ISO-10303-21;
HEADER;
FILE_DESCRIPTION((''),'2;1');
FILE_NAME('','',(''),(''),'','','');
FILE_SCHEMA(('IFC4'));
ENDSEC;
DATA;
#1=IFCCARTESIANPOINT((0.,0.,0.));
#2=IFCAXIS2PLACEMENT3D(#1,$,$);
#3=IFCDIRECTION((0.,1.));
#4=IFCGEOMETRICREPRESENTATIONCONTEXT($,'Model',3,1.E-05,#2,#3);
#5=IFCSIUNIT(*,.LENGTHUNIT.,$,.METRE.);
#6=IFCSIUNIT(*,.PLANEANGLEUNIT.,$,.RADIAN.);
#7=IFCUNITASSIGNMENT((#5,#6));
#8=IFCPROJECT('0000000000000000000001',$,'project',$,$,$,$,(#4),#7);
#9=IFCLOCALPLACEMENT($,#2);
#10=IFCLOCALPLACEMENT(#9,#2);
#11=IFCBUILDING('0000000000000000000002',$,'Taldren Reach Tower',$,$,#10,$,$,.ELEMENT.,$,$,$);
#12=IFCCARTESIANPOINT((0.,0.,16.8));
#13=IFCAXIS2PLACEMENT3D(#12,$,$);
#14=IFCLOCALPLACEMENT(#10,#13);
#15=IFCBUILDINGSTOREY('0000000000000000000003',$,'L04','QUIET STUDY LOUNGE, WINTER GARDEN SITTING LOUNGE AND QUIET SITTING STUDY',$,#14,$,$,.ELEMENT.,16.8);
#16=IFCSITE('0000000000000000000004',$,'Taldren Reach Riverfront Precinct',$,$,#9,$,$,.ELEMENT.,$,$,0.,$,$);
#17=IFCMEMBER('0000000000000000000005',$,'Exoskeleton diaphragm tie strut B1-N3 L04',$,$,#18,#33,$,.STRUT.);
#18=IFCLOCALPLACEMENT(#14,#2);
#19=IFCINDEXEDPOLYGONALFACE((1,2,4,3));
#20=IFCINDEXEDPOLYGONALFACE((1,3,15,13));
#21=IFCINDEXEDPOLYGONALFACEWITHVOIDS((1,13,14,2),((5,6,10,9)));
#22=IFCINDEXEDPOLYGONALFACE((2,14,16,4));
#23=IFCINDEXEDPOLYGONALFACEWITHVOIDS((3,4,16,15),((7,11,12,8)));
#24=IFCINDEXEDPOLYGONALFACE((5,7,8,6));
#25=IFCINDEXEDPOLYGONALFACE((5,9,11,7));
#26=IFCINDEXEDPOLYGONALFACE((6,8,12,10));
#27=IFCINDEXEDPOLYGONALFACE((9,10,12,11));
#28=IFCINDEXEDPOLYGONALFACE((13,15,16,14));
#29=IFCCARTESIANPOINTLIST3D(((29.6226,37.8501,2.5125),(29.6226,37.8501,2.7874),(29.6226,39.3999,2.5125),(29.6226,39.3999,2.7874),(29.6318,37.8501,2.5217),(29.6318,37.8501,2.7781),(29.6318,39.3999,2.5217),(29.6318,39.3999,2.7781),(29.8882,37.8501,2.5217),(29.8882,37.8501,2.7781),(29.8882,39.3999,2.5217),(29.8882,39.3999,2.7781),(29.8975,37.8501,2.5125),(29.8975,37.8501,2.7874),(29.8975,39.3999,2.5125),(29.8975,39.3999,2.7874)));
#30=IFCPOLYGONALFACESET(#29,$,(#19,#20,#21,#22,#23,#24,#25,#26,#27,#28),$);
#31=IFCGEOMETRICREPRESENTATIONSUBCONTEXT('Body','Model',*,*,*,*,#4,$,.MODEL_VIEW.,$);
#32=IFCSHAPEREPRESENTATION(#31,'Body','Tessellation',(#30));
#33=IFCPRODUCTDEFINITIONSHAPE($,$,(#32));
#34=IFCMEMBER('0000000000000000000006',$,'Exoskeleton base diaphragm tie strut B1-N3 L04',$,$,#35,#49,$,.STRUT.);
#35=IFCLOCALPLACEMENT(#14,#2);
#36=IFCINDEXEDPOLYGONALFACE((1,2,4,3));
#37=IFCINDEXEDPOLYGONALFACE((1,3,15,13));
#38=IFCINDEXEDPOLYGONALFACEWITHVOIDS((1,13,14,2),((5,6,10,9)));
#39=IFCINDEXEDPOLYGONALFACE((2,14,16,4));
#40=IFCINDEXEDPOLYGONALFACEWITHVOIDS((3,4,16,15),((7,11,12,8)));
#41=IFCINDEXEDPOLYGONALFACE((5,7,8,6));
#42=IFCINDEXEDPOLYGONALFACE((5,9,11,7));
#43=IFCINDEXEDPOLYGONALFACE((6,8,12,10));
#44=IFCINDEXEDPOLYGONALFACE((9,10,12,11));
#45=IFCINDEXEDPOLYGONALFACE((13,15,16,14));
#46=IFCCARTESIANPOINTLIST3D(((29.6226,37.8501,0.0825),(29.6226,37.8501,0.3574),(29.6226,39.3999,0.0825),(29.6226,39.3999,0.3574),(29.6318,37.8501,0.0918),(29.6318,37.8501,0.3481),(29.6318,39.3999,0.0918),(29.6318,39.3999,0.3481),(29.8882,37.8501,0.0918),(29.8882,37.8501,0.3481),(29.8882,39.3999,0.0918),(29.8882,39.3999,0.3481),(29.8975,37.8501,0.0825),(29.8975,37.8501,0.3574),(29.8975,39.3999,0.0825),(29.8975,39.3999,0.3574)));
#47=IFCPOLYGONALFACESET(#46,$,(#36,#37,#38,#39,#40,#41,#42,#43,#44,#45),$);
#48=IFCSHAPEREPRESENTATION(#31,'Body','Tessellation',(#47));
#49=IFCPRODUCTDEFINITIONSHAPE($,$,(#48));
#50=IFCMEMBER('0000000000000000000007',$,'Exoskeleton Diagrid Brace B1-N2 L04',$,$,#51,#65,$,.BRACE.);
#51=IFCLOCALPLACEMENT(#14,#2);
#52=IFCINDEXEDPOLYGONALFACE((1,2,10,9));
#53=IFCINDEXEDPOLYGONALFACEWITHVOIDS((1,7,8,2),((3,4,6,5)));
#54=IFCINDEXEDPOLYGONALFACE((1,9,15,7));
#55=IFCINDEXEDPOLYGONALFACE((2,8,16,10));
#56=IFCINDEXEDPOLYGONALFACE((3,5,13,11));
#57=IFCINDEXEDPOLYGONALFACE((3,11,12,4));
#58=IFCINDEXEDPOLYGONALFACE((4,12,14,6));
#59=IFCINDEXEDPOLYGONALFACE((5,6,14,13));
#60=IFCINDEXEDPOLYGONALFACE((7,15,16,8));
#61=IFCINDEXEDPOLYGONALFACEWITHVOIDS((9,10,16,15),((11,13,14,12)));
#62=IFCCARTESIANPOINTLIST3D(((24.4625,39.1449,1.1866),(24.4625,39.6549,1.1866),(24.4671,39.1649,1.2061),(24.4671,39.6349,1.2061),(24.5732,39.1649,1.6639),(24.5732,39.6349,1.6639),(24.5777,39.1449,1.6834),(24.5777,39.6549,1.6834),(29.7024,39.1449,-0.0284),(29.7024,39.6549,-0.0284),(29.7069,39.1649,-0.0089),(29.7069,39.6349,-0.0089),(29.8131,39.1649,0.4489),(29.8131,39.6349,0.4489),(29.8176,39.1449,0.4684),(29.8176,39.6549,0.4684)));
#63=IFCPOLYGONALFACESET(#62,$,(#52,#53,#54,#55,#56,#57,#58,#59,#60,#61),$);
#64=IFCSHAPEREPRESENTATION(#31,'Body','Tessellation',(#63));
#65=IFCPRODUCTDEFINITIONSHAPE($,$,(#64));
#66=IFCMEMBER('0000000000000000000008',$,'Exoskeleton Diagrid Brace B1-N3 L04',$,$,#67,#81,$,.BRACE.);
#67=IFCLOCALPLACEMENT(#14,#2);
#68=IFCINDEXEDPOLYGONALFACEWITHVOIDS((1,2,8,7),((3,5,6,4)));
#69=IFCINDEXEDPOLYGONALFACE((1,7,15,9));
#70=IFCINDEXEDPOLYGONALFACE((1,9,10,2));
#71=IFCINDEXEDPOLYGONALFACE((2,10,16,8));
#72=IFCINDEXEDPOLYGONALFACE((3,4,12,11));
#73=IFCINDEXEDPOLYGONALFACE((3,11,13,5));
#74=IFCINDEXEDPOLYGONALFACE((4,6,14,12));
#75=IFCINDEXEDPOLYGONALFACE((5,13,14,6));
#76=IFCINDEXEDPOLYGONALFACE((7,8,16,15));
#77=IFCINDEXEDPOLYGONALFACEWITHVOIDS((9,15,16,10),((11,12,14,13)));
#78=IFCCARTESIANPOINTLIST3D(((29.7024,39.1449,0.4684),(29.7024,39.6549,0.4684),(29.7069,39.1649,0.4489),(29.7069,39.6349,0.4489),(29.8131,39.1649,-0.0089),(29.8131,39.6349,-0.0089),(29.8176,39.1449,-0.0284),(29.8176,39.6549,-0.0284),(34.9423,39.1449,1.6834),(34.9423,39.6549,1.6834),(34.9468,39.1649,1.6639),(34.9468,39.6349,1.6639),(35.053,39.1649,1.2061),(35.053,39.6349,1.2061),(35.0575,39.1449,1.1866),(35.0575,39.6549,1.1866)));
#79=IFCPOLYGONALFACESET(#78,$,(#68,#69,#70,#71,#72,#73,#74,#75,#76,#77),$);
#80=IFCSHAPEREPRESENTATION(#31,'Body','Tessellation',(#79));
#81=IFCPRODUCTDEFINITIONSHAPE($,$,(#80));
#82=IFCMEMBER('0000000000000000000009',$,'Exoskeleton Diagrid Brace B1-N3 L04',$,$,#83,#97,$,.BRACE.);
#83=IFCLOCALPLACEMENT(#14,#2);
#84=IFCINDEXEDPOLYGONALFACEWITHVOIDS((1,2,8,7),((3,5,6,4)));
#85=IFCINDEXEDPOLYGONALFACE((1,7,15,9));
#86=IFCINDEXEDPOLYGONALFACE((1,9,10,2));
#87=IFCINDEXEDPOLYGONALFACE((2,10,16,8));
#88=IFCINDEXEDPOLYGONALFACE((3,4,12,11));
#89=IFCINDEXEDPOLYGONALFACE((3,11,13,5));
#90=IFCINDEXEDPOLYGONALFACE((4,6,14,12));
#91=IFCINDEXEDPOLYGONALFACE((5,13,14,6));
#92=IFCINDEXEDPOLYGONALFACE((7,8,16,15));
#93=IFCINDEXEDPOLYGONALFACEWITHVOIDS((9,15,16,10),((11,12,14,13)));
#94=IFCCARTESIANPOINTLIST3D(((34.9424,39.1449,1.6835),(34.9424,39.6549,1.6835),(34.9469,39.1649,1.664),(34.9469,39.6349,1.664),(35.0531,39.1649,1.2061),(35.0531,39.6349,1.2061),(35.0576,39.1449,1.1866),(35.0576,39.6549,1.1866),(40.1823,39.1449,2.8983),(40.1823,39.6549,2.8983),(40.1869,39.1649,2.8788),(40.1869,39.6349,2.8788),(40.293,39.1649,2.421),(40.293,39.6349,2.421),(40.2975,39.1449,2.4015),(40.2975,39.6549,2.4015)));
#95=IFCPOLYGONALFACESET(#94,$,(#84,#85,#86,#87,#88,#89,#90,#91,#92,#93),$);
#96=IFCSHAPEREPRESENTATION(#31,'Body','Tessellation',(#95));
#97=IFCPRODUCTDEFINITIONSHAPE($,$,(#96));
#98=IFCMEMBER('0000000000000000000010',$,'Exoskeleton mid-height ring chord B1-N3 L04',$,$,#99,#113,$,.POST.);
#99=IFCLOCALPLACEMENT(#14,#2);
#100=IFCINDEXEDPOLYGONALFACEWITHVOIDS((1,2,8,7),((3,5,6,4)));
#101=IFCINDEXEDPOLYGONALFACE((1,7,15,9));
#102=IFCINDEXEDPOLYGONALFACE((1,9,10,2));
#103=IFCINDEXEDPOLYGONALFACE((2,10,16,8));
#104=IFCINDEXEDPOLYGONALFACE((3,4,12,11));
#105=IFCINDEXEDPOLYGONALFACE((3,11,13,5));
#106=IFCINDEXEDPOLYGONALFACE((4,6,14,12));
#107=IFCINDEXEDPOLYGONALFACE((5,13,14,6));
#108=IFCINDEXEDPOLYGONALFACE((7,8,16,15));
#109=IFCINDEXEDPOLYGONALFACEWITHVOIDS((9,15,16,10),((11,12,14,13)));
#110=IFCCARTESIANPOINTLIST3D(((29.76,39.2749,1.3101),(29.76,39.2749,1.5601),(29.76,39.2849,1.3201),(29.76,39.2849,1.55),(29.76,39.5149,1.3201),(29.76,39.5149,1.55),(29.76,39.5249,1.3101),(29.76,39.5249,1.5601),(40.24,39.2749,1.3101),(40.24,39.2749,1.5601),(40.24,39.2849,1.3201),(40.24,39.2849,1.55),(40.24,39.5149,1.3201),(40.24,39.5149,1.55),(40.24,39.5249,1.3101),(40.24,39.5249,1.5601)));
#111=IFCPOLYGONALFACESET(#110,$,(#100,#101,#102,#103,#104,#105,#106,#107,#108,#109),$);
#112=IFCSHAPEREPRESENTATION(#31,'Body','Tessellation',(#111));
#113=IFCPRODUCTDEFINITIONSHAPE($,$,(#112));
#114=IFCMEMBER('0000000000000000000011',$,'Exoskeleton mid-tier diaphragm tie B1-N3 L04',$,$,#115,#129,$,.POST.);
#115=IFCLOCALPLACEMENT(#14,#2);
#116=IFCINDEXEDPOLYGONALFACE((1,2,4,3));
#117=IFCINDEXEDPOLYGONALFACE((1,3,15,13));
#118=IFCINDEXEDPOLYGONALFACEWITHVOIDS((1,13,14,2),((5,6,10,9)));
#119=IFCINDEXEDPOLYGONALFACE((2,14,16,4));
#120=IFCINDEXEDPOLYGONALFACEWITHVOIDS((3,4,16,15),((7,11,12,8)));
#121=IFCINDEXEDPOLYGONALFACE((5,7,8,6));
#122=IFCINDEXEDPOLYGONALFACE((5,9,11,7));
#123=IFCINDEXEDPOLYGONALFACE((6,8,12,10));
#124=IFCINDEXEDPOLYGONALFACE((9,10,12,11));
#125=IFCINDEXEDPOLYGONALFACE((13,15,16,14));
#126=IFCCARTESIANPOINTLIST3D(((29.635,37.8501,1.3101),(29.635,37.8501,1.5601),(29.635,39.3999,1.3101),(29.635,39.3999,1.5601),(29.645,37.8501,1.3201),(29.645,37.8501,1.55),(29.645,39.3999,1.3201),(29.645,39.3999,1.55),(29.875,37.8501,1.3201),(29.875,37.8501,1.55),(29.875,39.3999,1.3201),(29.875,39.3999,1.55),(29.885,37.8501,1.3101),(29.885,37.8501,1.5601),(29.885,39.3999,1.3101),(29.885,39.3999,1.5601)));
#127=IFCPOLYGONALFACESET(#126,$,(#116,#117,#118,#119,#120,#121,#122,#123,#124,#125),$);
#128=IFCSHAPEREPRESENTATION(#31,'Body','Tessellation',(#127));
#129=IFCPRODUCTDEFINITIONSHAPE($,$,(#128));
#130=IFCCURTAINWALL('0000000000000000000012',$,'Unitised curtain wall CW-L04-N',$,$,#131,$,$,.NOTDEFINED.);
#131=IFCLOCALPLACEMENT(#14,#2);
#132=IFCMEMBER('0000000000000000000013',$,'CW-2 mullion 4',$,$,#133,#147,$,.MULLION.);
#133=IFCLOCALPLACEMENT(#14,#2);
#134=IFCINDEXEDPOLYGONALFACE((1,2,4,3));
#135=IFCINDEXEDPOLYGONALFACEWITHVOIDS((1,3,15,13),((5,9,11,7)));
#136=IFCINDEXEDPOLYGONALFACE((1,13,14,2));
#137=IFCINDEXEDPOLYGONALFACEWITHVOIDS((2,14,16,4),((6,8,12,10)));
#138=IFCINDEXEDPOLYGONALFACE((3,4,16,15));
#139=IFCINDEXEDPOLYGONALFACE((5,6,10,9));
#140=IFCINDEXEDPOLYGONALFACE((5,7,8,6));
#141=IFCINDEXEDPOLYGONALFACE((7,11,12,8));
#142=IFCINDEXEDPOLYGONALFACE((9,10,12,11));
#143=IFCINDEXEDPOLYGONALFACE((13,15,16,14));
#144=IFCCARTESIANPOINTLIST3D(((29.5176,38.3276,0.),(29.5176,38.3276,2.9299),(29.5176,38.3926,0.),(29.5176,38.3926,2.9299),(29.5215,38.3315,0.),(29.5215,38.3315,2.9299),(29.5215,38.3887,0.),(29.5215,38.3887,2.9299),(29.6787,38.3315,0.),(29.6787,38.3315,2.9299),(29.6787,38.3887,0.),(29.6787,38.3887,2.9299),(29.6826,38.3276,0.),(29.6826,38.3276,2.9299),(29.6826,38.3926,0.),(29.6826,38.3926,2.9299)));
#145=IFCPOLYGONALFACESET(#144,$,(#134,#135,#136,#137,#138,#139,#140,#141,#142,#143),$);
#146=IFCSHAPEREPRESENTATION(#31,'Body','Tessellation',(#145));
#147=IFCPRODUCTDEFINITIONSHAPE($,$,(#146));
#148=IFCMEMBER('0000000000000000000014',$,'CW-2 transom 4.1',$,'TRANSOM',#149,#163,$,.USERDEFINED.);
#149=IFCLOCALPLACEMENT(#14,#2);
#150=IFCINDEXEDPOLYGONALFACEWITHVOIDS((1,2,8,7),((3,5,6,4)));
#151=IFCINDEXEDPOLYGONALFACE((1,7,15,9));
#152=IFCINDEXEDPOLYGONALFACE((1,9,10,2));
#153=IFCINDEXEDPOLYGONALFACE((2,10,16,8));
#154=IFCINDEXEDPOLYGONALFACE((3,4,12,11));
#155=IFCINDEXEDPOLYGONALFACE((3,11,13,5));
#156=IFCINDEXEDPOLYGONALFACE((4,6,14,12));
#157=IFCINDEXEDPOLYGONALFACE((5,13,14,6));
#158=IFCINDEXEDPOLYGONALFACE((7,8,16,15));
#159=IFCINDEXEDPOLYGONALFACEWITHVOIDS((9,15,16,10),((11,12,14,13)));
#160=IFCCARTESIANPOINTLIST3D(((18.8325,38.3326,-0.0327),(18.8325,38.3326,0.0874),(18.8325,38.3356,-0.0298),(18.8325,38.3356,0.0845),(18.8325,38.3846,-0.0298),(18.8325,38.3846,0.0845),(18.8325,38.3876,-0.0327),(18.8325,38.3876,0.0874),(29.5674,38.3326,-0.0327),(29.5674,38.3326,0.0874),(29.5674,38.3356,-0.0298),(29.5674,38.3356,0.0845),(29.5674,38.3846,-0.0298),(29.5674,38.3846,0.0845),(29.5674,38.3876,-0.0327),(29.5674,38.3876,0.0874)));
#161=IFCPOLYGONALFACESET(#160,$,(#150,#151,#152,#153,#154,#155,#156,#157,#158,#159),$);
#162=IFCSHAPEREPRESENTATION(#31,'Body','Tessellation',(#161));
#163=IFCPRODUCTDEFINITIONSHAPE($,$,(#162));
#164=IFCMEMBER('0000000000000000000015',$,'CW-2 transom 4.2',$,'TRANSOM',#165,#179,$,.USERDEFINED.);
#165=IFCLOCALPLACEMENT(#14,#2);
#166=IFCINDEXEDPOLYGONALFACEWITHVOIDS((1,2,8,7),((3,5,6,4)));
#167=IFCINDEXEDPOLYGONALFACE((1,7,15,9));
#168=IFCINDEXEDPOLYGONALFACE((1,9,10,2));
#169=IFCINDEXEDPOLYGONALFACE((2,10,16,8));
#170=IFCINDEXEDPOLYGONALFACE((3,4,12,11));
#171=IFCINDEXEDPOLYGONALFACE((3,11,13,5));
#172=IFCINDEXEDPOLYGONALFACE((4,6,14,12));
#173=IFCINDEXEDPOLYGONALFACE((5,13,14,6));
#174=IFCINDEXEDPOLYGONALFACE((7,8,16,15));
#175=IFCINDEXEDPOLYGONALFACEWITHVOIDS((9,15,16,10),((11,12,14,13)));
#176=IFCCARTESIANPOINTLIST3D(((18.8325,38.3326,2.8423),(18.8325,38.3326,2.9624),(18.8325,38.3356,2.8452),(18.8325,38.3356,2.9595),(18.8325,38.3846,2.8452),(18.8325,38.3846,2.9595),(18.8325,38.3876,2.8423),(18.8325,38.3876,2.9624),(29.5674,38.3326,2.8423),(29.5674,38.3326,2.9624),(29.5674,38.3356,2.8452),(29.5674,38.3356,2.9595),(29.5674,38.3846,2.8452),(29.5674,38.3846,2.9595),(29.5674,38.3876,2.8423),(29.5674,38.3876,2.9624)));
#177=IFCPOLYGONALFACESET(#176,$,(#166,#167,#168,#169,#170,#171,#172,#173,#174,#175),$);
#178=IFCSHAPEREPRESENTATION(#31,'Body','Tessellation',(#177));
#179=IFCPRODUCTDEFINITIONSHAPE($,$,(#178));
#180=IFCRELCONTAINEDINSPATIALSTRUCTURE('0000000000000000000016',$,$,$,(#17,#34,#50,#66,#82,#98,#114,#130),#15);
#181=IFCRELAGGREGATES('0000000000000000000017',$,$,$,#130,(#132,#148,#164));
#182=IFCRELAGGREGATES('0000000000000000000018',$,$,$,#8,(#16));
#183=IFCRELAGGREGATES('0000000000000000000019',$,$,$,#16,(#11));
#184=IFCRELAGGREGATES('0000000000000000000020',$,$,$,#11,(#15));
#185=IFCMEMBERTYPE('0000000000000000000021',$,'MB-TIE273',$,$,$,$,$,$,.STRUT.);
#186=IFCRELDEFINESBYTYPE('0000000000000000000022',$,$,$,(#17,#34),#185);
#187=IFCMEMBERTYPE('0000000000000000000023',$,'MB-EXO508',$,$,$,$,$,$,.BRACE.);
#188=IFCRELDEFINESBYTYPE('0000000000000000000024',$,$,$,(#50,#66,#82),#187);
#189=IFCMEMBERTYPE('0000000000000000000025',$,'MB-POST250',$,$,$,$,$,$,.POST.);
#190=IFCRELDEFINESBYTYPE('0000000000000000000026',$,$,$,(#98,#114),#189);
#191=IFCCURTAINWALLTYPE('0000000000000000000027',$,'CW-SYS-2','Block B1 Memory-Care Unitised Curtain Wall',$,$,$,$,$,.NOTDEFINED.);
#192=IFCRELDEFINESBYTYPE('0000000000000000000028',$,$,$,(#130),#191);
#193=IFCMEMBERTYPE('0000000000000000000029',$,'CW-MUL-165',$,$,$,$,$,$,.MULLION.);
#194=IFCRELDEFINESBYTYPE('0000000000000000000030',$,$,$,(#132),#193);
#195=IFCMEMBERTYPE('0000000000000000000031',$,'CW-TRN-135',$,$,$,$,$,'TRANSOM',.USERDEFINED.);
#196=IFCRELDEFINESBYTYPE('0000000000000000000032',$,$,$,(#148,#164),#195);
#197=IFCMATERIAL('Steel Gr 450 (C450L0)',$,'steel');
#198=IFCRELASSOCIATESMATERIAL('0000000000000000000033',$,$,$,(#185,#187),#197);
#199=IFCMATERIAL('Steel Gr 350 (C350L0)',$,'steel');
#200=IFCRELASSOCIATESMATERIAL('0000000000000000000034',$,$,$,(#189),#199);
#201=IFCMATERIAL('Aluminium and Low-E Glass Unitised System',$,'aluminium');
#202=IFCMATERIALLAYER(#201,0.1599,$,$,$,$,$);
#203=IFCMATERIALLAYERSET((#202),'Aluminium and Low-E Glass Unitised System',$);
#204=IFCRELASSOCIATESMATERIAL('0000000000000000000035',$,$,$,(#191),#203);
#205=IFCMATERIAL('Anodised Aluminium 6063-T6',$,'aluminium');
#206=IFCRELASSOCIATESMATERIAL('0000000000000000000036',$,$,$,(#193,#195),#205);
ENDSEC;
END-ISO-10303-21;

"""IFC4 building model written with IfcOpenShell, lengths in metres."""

from ifc_helpers import new_model, si_unit, direction, frame, origin, origin_2d, place, context, subcontext, project, spatial, hollow_rectangle, extrude, source, transform, mapped, material, layer, layer_set, material_profile, profile_set, type_object, element, aggregate, save


model = new_model("IFC4")

# Units and contexts
model_context = context("Model", 3, precision=1e-05, world=origin(), true_north=direction((0.0, 1.0)))
body_context = subcontext(model_context, "Body", "Model", "MODEL_VIEW")
ifc_project = project(units=[si_unit("LENGTHUNIT", "METRE"), si_unit("PLANEANGLEUNIT", "RADIAN")], contexts=[model_context])

# Site, building, storey
site_placement = place(None, origin())
site = spatial("IfcSite", under=ifc_project, at=site_placement, Name="Taldren Reach Riverfront Precinct", CompositionType="ELEMENT", RefElevation=0.0)
building_placement = place(site_placement, origin())
building = spatial("IfcBuilding", under=site, at=building_placement, Name="Taldren Reach Tower", CompositionType="ELEMENT")
storey_placement = place(building_placement, frame((0.0, 0.0, 16.8)))
storey = spatial("IfcBuildingStorey", under=building, at=storey_placement, Name="L04", Description="QUIET STUDY LOUNGE, WINTER GARDEN SITTING LOUNGE AND QUIET SITTING STUDY", CompositionType="ELEMENT", Elevation=16.8)

# Members
ifc_material_1 = material(Name="Steel Gr 450 (C450L0)", Category="steel")
ifc_material_profile_1 = material_profile(ifc_material_1, hollow_rectangle(XDim=0.2749, YDim=0.2749, WallThickness=0.0093, at=origin_2d()), Name="275x275x9.3SHS")
ifc_profile_set_1 = profile_set([ifc_material_profile_1], Name="Steel Gr 450 (C450L0)")
member_type_1 = type_object("IfcMemberType", Name="MB-TIE273", PredefinedType="STRUT", material=ifc_profile_set_1)
shared_shape_1 = source(origin(), body_context, "Body", "SweptSolid", [
    extrude(hollow_rectangle(XDim=0.2749, YDim=0.2749, WallThickness=0.0093, at=origin_2d()), origin(), (0.0, 0.0, 1.0), 1.5498),
])
for number, where, z_axis, x_axis, name in (
    (1, (29.76, 37.8501, 2.6499), (0.0, 1.0, 0.0), (-1.0, 0.0, 0.0), "Exoskeleton diaphragm tie strut B1-N3 L04"),
    (2, (29.76, 37.8501, 0.22), (0.0, 1.0, 0.0), (-1.0, 0.0, 0.0), "Exoskeleton base diaphragm tie strut B1-N3 L04"),
):
    element("IfcMember", number, at=place(storey_placement, frame(where, z_axis=z_axis, x_axis=x_axis)), inside=storey, type_object=member_type_1, Name=name, PredefinedType="STRUT", context=body_context, shape_type="MappedRepresentation", body=[
        mapped(shared_shape_1, transform((0.0, 0.0, 0.0), scale=1.0)),
    ])
ifc_material_profile_2 = material_profile(ifc_material_1, hollow_rectangle(XDim=0.51, YDim=0.51, WallThickness=0.02, at=origin_2d()), Name="510x510x20.0SHS")
ifc_profile_set_2 = profile_set([ifc_material_profile_2], Name="Steel Gr 450 (C450L0)")
member_type_2 = type_object("IfcMemberType", Name="MB-EXO508", PredefinedType="BRACE", material=ifc_profile_set_2)
shared_shape_2 = source(origin(), body_context, "Body", "SweptSolid", [
    extrude(hollow_rectangle(XDim=0.51, YDim=0.51, WallThickness=0.02, at=origin_2d()), origin(), (0.0, 0.0, 1.0), 5.3789),
])
for number, where, z_axis, x_axis, name in (
    (3, (29.76, 39.3999, 0.22), (-0.974152, 0.0, 0.225894), (0.0, -1.0, 0.0), "Exoskeleton Diagrid Brace B1-N2 L04"),
    (4, (29.76, 39.3999, 0.22), (0.974152, 0.0, 0.225894), (0.0, 1.0, 0.0), "Exoskeleton Diagrid Brace B1-N3 L04"),
    (5, (35.0, 39.3999, 1.4351), (0.974162, 0.0, 0.225851), (0.0, 1.0, 0.0), "Exoskeleton Diagrid Brace B1-N3 L04"),
):
    element("IfcMember", number, at=place(storey_placement, frame(where, z_axis=z_axis, x_axis=x_axis)), inside=storey, type_object=member_type_2, Name=name, PredefinedType="BRACE", context=body_context, shape_type="MappedRepresentation", body=[
        mapped(shared_shape_2, transform((0.0, 0.0, 0.0), scale=1.0)),
    ])
ifc_material_2 = material(Name="Steel Gr 350 (C350L0)", Category="steel")
ifc_material_profile_3 = material_profile(ifc_material_2, hollow_rectangle(XDim=0.25, YDim=0.25, WallThickness=0.01, at=origin_2d()), Name="250x250x10.0SHS")
ifc_profile_set_3 = profile_set([ifc_material_profile_3], Name="Steel Gr 350 (C350L0)")
member_type_3 = type_object("IfcMemberType", Name="MB-POST250", PredefinedType="POST", material=ifc_profile_set_3)
shared_shape_3 = source(origin(), body_context, "Body", "SweptSolid", [
    extrude(hollow_rectangle(XDim=0.25, YDim=0.25, WallThickness=0.01, at=origin_2d()), origin(), (0.0, 0.0, 1.0), 10.48),
])
member_1_placement = place(storey_placement, frame((29.76, 39.3999, 1.4351), z_axis=(1.0, 0.0, 0.0), x_axis=(0.0, 1.0, 0.0)))
element("IfcMember", 6, at=member_1_placement, inside=storey, type_object=member_type_3, Name="Exoskeleton mid-height ring chord B1-N3 L04", PredefinedType="POST", context=body_context, shape_type="MappedRepresentation", body=[
    mapped(shared_shape_3, transform((0.0, 0.0, 0.0), scale=1.0)),
])
shared_shape_4 = source(origin(), body_context, "Body", "SweptSolid", [
    extrude(hollow_rectangle(XDim=0.25, YDim=0.25, WallThickness=0.01, at=origin_2d()), origin(), (0.0, 0.0, 1.0), 1.5498),
])
member_2_placement = place(storey_placement, frame((29.76, 37.8501, 1.4351), z_axis=(0.0, 1.0, 0.0), x_axis=(-1.0, 0.0, 0.0)))
element("IfcMember", 7, at=member_2_placement, inside=storey, type_object=member_type_3, Name="Exoskeleton mid-tier diaphragm tie B1-N3 L04", PredefinedType="POST", context=body_context, shape_type="MappedRepresentation", body=[
    mapped(shared_shape_4, transform((0.0, 0.0, 0.0), scale=1.0)),
])

# Curtain wall, members
ifc_material_3 = material(Name="Aluminium and Low-E Glass Unitised System", Category="aluminium")
ifc_layer_1 = layer(ifc_material_3, 0.1599)
ifc_layer_set_1 = layer_set([ifc_layer_1], Name="Aluminium and Low-E Glass Unitised System")
curtain_wall_type = type_object("IfcCurtainWallType", Name="CW-SYS-2", Description="Block B1 Memory-Care Unitised Curtain Wall", PredefinedType="NOTDEFINED", material=ifc_layer_set_1)
curtain_wall_placement = place(storey_placement, origin())
curtain_wall = element("IfcCurtainWall", 8, at=curtain_wall_placement, inside=storey, type_object=curtain_wall_type, Name="Unitised curtain wall CW-L04-N", PredefinedType="NOTDEFINED")
ifc_material_4 = material(Name="Anodised Aluminium 6063-T6", Category="aluminium")
ifc_material_profile_4 = material_profile(ifc_material_4, hollow_rectangle(XDim=0.0649, YDim=0.165, WallThickness=0.0039, at=origin_2d()), Name="ALU-165x65x4RHS")
ifc_profile_set_4 = profile_set([ifc_material_profile_4], Name="Anodised Aluminium 6063-T6")
member_type_4 = type_object("IfcMemberType", Name="CW-MUL-165", PredefinedType="MULLION", material=ifc_profile_set_4)
shared_shape_5 = source(origin(), body_context, "Body", "SweptSolid", [
    extrude(hollow_rectangle(XDim=0.0649, YDim=0.165, WallThickness=0.0039, at=origin_2d()), origin(), (0.0, 0.0, 1.0), 2.9299),
])
member_3_placement = place(storey_placement, frame((29.6001, 38.3601, 0.0), z_axis=(0.0, 0.0, 1.0), x_axis=(0.0, -1.0, 0.0)))
member_3 = element("IfcMember", 9, at=member_3_placement, type_object=member_type_4, Name="CW-2 mullion 4", PredefinedType="MULLION", context=body_context, shape_type="MappedRepresentation", body=[
    mapped(shared_shape_5, transform((0.0, 0.0, 0.0), scale=1.0)),
])
ifc_material_profile_5 = material_profile(ifc_material_4, hollow_rectangle(XDim=0.0549, YDim=0.1201, WallThickness=0.0029, at=origin_2d()), Name="ALU-120x55x3RHS")
ifc_profile_set_5 = profile_set([ifc_material_profile_5], Name="Anodised Aluminium 6063-T6")
member_type_5 = type_object("IfcMemberType", Name="CW-TRN-135", ElementType="TRANSOM", PredefinedType="USERDEFINED", material=ifc_profile_set_5)
shared_shape_6 = source(origin(), body_context, "Body", "SweptSolid", [
    extrude(hollow_rectangle(XDim=0.0549, YDim=0.1201, WallThickness=0.0029, at=origin_2d()), origin(), (0.0, 0.0, 1.0), 10.7349),
])
member_4_placement = place(storey_placement, frame((29.5674, 38.3601, 0.0273), z_axis=(-1.0, 0.0, 0.0), x_axis=(0.0, -1.0, 0.0)))
member_4 = element("IfcMember", 10, at=member_4_placement, type_object=member_type_5, Name="CW-2 transom 4.1", ObjectType="TRANSOM", PredefinedType="USERDEFINED", context=body_context, shape_type="MappedRepresentation", body=[
    mapped(shared_shape_6, transform((0.0, 0.0, 0.0), scale=1.0)),
])
member_5_placement = place(storey_placement, frame((29.5674, 38.3601, 2.9023), z_axis=(-1.0, 0.0, 0.0), x_axis=(0.0, -1.0, 0.0)))
member_5 = element("IfcMember", 11, at=member_5_placement, type_object=member_type_5, Name="CW-2 transom 4.2", ObjectType="TRANSOM", PredefinedType="USERDEFINED", context=body_context, shape_type="MappedRepresentation", body=[
    mapped(shared_shape_6, transform((0.0, 0.0, 0.0), scale=1.0)),
])

aggregate(curtain_wall, [member_3, member_4, member_5])

save(model, "model.ifc")
